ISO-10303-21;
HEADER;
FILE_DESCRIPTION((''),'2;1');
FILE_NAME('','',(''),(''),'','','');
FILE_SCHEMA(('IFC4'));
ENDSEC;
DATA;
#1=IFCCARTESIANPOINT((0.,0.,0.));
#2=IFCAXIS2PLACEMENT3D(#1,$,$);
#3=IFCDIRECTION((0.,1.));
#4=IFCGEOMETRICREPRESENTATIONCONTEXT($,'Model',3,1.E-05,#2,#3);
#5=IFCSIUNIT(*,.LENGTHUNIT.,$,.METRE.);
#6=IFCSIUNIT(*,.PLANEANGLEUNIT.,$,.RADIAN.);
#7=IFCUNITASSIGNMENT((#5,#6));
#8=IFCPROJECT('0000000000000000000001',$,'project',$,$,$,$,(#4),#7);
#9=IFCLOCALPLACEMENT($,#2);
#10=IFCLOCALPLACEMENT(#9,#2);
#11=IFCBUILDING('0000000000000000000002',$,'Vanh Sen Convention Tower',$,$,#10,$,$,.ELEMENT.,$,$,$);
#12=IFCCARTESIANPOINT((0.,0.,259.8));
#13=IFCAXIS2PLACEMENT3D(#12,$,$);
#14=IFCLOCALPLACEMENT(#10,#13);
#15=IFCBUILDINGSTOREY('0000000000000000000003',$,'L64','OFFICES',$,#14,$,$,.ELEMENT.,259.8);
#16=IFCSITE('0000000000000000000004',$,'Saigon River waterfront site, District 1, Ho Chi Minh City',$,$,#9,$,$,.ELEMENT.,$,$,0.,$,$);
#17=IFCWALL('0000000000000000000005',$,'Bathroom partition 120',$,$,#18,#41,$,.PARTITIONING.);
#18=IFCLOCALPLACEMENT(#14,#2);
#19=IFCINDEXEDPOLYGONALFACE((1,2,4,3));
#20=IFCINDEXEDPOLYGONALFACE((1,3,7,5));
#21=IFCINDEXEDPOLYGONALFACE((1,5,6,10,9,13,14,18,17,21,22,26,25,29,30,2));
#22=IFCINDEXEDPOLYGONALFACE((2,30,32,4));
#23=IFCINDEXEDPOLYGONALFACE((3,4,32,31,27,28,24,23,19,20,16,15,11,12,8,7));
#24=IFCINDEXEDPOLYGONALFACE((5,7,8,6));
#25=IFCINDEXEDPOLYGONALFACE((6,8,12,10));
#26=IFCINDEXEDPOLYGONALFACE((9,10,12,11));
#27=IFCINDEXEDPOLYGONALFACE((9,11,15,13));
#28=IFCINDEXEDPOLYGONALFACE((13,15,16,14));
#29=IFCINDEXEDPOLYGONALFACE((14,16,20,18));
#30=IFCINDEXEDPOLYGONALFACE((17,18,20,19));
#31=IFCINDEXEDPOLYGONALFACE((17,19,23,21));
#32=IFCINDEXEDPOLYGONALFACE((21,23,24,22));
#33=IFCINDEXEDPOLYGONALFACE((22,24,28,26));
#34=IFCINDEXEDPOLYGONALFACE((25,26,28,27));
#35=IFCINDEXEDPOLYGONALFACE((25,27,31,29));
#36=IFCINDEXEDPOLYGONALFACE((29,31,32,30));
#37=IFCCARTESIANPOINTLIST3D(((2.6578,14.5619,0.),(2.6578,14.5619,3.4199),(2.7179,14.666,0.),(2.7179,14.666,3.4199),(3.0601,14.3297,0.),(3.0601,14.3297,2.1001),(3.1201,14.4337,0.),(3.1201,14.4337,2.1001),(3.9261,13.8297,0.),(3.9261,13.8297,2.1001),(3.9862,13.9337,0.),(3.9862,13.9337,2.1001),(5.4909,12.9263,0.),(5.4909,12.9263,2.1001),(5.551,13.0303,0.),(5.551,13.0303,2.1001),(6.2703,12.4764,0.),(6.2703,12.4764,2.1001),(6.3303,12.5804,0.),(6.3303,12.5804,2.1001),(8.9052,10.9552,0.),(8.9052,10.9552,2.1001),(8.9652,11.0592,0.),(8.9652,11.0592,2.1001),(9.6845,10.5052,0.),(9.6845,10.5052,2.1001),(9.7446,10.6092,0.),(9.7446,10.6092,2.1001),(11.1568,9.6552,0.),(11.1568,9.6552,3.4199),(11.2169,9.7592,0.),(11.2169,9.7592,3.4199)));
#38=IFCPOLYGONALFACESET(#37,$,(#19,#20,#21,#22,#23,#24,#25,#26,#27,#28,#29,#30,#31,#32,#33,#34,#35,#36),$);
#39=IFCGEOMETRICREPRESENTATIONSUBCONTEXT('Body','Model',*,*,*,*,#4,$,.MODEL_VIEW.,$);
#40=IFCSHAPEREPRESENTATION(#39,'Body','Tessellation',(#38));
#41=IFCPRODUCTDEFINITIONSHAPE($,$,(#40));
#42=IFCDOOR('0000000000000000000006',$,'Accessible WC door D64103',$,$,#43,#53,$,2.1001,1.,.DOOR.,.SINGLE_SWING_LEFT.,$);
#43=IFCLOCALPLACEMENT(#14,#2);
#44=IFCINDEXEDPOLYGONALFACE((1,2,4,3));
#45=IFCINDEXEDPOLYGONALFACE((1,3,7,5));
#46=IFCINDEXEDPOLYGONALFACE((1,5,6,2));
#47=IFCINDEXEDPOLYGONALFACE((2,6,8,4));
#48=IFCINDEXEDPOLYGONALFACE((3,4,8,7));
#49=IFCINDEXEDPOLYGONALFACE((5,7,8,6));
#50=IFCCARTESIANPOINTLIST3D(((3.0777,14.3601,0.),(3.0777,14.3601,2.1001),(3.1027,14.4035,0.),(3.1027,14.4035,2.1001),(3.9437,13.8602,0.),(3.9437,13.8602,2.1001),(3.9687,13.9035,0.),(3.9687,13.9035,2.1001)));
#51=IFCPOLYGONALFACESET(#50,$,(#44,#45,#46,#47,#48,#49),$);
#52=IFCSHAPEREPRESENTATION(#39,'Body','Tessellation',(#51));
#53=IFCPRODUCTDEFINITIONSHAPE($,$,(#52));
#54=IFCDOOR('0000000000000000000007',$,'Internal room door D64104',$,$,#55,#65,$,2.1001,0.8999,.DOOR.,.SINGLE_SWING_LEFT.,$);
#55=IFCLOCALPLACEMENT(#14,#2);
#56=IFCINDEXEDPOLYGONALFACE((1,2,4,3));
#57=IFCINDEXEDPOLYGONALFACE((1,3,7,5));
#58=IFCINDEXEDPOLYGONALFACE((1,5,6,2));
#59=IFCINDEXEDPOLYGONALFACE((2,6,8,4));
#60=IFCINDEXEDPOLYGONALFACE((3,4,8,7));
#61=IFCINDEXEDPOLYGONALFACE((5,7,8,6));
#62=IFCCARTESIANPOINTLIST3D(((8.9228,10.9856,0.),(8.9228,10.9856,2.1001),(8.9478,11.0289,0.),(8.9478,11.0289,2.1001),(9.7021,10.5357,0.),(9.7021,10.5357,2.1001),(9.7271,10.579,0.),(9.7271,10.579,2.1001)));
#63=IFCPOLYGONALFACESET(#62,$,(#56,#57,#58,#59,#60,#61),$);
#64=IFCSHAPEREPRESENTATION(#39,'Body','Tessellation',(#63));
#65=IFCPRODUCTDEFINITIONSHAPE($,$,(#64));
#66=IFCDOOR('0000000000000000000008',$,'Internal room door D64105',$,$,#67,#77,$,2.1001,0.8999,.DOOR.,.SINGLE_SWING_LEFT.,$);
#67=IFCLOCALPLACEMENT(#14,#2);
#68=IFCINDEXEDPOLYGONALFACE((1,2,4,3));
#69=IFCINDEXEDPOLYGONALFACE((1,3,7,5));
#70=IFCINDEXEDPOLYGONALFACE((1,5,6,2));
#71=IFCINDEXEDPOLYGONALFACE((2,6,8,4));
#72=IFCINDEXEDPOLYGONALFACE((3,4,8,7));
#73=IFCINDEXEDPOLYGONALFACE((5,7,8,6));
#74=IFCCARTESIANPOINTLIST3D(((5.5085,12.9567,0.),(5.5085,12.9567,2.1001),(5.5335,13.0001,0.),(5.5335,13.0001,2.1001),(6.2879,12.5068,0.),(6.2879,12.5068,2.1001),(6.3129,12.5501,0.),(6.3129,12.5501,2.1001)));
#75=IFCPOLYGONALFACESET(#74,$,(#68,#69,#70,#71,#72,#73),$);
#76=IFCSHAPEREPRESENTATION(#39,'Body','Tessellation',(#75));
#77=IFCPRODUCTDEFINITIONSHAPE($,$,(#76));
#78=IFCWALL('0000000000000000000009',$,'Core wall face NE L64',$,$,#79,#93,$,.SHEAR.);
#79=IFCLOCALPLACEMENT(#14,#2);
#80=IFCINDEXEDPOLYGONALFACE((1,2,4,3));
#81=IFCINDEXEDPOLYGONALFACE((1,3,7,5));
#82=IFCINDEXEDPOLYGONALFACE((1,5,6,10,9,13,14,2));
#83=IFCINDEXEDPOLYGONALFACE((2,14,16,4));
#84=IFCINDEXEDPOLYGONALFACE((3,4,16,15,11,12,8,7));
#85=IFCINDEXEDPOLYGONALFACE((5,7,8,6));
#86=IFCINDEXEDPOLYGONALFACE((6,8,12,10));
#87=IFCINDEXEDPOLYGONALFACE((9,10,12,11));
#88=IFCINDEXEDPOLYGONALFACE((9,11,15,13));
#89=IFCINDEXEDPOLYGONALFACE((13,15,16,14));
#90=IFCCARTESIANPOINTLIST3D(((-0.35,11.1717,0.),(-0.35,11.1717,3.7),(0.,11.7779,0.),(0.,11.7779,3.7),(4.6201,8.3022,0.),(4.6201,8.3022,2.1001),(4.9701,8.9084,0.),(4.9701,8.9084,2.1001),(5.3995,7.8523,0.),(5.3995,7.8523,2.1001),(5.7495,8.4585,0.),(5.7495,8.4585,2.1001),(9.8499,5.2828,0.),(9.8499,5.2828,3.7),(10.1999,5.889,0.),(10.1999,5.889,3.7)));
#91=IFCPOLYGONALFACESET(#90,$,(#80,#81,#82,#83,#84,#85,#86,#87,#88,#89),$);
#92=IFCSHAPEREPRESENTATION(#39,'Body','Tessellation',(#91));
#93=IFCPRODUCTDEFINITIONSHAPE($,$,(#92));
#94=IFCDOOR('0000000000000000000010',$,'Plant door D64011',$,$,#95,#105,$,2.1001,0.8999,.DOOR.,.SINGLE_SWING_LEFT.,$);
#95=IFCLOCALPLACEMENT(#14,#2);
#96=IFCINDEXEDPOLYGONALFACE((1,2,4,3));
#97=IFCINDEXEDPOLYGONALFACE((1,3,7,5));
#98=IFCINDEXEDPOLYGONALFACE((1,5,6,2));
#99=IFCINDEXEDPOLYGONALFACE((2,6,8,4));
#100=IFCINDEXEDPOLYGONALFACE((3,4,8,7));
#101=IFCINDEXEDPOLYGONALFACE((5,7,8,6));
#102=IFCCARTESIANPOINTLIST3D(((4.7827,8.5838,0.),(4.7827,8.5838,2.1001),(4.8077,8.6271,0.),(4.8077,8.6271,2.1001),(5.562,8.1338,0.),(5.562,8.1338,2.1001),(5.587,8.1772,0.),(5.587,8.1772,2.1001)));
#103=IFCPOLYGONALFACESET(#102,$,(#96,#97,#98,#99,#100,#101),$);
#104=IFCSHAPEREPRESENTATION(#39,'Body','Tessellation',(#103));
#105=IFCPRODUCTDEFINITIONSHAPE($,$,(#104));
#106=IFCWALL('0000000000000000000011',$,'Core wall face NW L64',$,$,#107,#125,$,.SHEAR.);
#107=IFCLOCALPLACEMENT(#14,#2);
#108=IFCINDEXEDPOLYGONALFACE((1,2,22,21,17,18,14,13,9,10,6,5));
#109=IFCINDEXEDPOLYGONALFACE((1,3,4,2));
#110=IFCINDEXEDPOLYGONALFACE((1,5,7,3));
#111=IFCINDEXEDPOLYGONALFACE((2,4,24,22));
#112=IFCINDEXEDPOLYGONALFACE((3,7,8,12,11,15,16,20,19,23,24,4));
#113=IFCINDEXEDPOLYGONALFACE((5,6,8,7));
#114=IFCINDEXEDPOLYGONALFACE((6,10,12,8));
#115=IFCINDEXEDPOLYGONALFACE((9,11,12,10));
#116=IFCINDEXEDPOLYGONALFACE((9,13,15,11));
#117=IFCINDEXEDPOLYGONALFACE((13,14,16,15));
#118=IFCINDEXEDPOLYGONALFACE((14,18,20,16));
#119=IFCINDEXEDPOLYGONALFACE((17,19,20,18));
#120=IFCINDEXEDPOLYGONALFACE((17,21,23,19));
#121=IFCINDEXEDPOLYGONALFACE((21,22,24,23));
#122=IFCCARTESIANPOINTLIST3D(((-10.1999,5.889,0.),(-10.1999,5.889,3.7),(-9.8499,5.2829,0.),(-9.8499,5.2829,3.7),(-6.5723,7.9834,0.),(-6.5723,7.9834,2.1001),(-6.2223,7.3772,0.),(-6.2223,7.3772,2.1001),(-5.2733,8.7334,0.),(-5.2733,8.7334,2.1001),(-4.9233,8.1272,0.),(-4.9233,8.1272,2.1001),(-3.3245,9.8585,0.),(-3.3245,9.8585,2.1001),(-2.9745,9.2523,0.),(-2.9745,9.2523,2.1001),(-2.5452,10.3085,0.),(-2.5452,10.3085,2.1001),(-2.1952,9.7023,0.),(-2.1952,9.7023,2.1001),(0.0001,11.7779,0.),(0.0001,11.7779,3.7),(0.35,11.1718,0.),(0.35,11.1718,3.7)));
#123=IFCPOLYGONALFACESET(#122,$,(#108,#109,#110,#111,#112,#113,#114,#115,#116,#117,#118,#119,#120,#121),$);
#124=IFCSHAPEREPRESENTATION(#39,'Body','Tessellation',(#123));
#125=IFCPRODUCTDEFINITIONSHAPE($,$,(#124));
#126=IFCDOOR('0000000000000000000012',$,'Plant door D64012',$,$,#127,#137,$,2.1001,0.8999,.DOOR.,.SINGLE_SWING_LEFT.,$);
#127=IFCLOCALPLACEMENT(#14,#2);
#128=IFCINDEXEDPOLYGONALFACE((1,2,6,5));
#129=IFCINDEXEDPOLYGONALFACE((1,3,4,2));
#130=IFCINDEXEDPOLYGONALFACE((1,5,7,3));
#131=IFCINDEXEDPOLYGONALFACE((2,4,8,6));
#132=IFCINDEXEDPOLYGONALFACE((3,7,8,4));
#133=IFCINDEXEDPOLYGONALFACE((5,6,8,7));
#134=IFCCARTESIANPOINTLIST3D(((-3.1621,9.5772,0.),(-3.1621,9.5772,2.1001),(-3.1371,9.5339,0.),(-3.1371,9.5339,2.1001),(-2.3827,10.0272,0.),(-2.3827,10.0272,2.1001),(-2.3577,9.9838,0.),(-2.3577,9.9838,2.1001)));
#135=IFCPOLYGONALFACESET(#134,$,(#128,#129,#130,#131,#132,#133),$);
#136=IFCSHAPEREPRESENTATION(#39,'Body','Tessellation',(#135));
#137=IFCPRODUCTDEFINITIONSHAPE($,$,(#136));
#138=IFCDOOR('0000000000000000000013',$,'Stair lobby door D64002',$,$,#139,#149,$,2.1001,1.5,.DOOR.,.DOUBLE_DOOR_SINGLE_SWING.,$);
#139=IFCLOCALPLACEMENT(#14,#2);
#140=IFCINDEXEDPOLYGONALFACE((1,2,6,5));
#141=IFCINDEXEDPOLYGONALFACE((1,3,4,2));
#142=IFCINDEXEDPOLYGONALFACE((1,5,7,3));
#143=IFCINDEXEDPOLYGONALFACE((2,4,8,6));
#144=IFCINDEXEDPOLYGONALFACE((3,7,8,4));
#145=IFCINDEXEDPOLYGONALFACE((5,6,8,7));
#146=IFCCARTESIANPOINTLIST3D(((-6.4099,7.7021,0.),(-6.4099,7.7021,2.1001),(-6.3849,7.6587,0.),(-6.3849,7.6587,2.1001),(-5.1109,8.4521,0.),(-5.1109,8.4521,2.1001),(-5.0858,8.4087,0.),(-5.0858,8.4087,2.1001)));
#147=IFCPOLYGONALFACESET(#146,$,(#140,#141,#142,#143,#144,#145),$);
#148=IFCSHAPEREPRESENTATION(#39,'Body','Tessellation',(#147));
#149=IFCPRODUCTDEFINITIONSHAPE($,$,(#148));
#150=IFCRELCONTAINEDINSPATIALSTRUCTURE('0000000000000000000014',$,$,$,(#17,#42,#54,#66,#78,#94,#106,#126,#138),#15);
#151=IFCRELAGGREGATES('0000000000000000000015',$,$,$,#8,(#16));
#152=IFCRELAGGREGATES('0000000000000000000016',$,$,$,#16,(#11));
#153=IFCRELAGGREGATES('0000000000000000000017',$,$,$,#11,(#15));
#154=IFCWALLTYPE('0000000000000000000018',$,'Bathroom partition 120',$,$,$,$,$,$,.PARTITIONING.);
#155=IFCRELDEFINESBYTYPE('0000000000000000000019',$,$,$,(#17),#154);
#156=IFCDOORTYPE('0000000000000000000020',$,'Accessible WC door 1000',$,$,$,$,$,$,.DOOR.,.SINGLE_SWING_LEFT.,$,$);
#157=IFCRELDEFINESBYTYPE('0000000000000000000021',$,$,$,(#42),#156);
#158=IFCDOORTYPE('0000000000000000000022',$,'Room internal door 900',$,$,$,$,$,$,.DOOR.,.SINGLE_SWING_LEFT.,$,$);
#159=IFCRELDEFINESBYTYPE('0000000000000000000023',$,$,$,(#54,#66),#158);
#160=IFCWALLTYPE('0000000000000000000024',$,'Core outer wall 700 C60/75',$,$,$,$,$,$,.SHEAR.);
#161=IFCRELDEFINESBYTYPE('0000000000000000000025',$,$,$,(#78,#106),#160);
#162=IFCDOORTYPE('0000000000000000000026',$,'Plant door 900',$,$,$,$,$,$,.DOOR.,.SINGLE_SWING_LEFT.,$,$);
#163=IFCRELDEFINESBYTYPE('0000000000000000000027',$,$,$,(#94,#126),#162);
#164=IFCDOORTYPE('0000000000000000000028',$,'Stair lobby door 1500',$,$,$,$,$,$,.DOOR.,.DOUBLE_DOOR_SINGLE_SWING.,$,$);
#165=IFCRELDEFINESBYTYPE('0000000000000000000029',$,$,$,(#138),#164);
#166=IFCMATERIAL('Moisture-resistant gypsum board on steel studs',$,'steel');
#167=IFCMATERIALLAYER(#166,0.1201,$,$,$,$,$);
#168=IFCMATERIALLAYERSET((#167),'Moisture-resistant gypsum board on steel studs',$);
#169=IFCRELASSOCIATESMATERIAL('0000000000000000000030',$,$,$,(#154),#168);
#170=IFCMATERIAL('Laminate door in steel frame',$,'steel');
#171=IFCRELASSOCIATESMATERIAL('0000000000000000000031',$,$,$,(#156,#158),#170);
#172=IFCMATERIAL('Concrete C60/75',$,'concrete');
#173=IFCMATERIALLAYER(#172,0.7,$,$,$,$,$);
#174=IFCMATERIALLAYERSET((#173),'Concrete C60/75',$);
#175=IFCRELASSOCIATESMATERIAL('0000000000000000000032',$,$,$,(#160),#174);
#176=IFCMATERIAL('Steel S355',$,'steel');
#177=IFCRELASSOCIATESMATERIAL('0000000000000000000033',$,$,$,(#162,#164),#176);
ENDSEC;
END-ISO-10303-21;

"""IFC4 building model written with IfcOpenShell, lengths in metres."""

from ifc_helpers import new_model, si_unit, direction, frame, frame_2d, origin, place, context, subcontext, project, spatial, rectangle, extrude, material, layer, layer_set, type_object, element, fill, save


model = new_model("IFC4")

# Units and contexts
model_context = context("Model", 3, precision=1e-05, world=origin(), true_north=direction((0.0, 1.0)))
body_context = subcontext(model_context, "Body", "Model", "MODEL_VIEW")
ifc_project = project(units=[si_unit("LENGTHUNIT", "METRE"), si_unit("PLANEANGLEUNIT", "RADIAN")], contexts=[model_context])

# Site, building, storey
site_placement = place(None, origin())
site = spatial("IfcSite", under=ifc_project, at=site_placement, Name="Saigon River waterfront site, District 1, Ho Chi Minh City", CompositionType="ELEMENT", RefElevation=0.0)
building_placement = place(site_placement, origin())
building = spatial("IfcBuilding", under=site, at=building_placement, Name="Vanh Sen Convention Tower", CompositionType="ELEMENT")
storey_placement = place(building_placement, frame((0.0, 0.0, 259.8)))
storey = spatial("IfcBuildingStorey", under=building, at=storey_placement, Name="L64", Description="OFFICES", CompositionType="ELEMENT", Elevation=259.8)

# Wall, openings, doors
ifc_material_1 = material(Name="Moisture-resistant gypsum board on steel studs", Category="steel")
ifc_layer_1 = layer(ifc_material_1, 0.1201)
ifc_layer_set_1 = layer_set([ifc_layer_1], Name="Moisture-resistant gypsum board on steel studs")
wall_type_1 = type_object("IfcWallType", Name="Bathroom partition 120", PredefinedType="PARTITIONING", material=ifc_layer_set_1)
wall_1_placement = place(storey_placement, frame((11.1868, 9.7073, 0.0), z_axis=(0.0, 0.0, 1.0), x_axis=(-0.866033, 0.499987, 0.0)))
wall_1 = element("IfcWall", 1, at=wall_1_placement, inside=storey, type_object=wall_type_1, Name="Bathroom partition 120", PredefinedType="PARTITIONING", context=body_context, shape_type="SweptSolid", body=[
    extrude(rectangle(XDim=9.8137, YDim=0.1201, at=frame_2d((4.9067, 0.0))), origin(), (0.0, 0.0, 1.0), 3.4199),
])
opening_1_placement = place(wall_1_placement, frame((8.3491, 0.0, 0.0)))
opening_1 = element("IfcOpeningElement", 2, at=opening_1_placement, cuts=wall_1, PredefinedType="OPENING", context=body_context, shape_type="SweptSolid", body=[
    extrude(rectangle(XDim=1.0, YDim=2.1001, at=frame_2d((0.5, 1.05))), frame((0.0, 0.0701, 0.0), z_axis=(0.0, -1.0, 0.0), x_axis=(1.0, 0.0, 0.0)), (0.0, 0.0, 1.0), 0.1401),
])
opening_2_placement = place(wall_1_placement, frame((1.7, 0.0, 0.0)))
opening_2 = element("IfcOpeningElement", 3, at=opening_2_placement, cuts=wall_1, PredefinedType="OPENING", context=body_context, shape_type="SweptSolid", body=[
    extrude(rectangle(XDim=0.8999, YDim=2.1001, at=frame_2d((0.45, 1.05))), frame((0.0, 0.0701, 0.0), z_axis=(0.0, -1.0, 0.0), x_axis=(1.0, 0.0, 0.0)), (0.0, 0.0, 1.0), 0.1401),
])
opening_3_placement = place(wall_1_placement, frame((5.6423, 0.0, 0.0)))
opening_3 = element("IfcOpeningElement", 4, at=opening_3_placement, cuts=wall_1, PredefinedType="OPENING", context=body_context, shape_type="SweptSolid", body=[
    extrude(rectangle(XDim=0.8999, YDim=2.1001, at=frame_2d((0.45, 1.05))), frame((0.0, 0.0701, 0.0), z_axis=(0.0, -1.0, 0.0), x_axis=(1.0, 0.0, 0.0)), (0.0, 0.0, 1.0), 0.1401),
])
ifc_material_2 = material(Name="Laminate door in steel frame", Category="steel")
door_type_1 = type_object("IfcDoorType", Name="Accessible WC door 1000", OperationType="SINGLE_SWING_LEFT", PredefinedType="DOOR", material=ifc_material_2)
door_1_placement = place(opening_1_placement, origin())
door_1 = element("IfcDoor", 5, at=door_1_placement, inside=storey, type_object=door_type_1, Name="Accessible WC door D64103", OperationType="SINGLE_SWING_LEFT", OverallHeight=2.1001, OverallWidth=1.0, PredefinedType="DOOR", context=body_context, shape_type="SweptSolid", body=[
    extrude(rectangle(XDim=1.0, YDim=2.1001, at=frame_2d((0.5, 1.05))), frame((0.0, 0.0249, 0.0), z_axis=(0.0, -1.0, 0.0), x_axis=(1.0, 0.0, 0.0)), (0.0, 0.0, 1.0), 0.05),
])
fill(opening_1, door_1)
door_type_2 = type_object("IfcDoorType", Name="Room internal door 900", OperationType="SINGLE_SWING_LEFT", PredefinedType="DOOR", material=ifc_material_2)
door_2_placement = place(opening_2_placement, origin())
door_2 = element("IfcDoor", 6, at=door_2_placement, inside=storey, type_object=door_type_2, Name="Internal room door D64104", OperationType="SINGLE_SWING_LEFT", OverallHeight=2.1001, OverallWidth=0.8999, PredefinedType="DOOR", context=body_context, shape_type="SweptSolid", body=[
    extrude(rectangle(XDim=0.8999, YDim=2.1001, at=frame_2d((0.45, 1.05))), frame((0.0, 0.0249, 0.0), z_axis=(0.0, -1.0, 0.0), x_axis=(1.0, 0.0, 0.0)), (0.0, 0.0, 1.0), 0.05),
])
fill(opening_2, door_2)
door_3_placement = place(opening_3_placement, origin())
door_3 = element("IfcDoor", 7, at=door_3_placement, inside=storey, type_object=door_type_2, Name="Internal room door D64105", OperationType="SINGLE_SWING_LEFT", OverallHeight=2.1001, OverallWidth=0.8999, PredefinedType="DOOR", context=body_context, shape_type="SweptSolid", body=[
    extrude(rectangle(XDim=0.8999, YDim=2.1001, at=frame_2d((0.45, 1.05))), frame((0.0, 0.0249, 0.0), z_axis=(0.0, -1.0, 0.0), x_axis=(1.0, 0.0, 0.0)), (0.0, 0.0, 1.0), 0.05),
])
fill(opening_3, door_3)

# Wall, opening, door
ifc_material_3 = material(Name="Concrete C60/75", Category="concrete")
ifc_layer_2 = layer(ifc_material_3, 0.7)
ifc_layer_set_2 = layer_set([ifc_layer_2], Name="Concrete C60/75")
wall_type_2 = type_object("IfcWallType", Name="Core outer wall 700 C60/75", PredefinedType="SHEAR", material=ifc_layer_set_2)
wall_2_placement = place(storey_placement, frame((10.0249, 5.5859, 0.0), z_axis=(0.0, 0.0, 1.0), x_axis=(-0.866026, 0.499998, 0.0)))
wall_2 = element("IfcWall", 8, at=wall_2_placement, inside=storey, type_object=wall_type_2, Name="Core wall face NE L64", PredefinedType="SHEAR", context=body_context, shape_type="SweptSolid", body=[
    extrude(rectangle(XDim=11.7778, YDim=0.7, at=frame_2d((5.8889, 0.0))), origin(), (0.0, 0.0, 1.0), 3.7),
])
opening_4_placement = place(wall_2_placement, frame((5.1389, 0.0, 0.0)))
opening_4 = element("IfcOpeningElement", 9, at=opening_4_placement, cuts=wall_2, PredefinedType="OPENING", context=body_context, shape_type="SweptSolid", body=[
    extrude(rectangle(XDim=0.8999, YDim=2.1001, at=frame_2d((0.45, 1.05))), frame((0.0, 0.3599, 0.0), z_axis=(0.0, -1.0, 0.0), x_axis=(1.0, 0.0, 0.0)), (0.0, 0.0, 1.0), 0.72),
])
ifc_material_4 = material(Name="Steel S355", Category="steel")
door_type_3 = type_object("IfcDoorType", Name="Plant door 900", OperationType="SINGLE_SWING_LEFT", PredefinedType="DOOR", material=ifc_material_4)
door_4_placement = place(opening_4_placement, origin())
door_4 = element("IfcDoor", 10, at=door_4_placement, inside=storey, type_object=door_type_3, Name="Plant door D64011", OperationType="SINGLE_SWING_LEFT", OverallHeight=2.1001, OverallWidth=0.8999, PredefinedType="DOOR", context=body_context, shape_type="SweptSolid", body=[
    extrude(rectangle(XDim=0.8999, YDim=2.1001, at=frame_2d((0.45, 1.05))), frame((0.0, 0.0249, 0.0), z_axis=(0.0, -1.0, 0.0), x_axis=(1.0, 0.0, 0.0)), (0.0, 0.0, 1.0), 0.05),
])
fill(opening_4, door_4)

# Wall, openings, doors
wall_3_placement = place(storey_placement, frame((0.175, 11.4749, 0.0), z_axis=(0.0, 0.0, 1.0), x_axis=(-0.866026, -0.499998, 0.0)))
wall_3 = element("IfcWall", 11, at=wall_3_placement, inside=storey, type_object=wall_type_2, Name="Core wall face NW L64", PredefinedType="SHEAR", context=body_context, shape_type="SweptSolid", body=[
    extrude(rectangle(XDim=11.7778, YDim=0.7, at=frame_2d((5.8889, 0.0))), origin(), (0.0, 0.0, 1.0), 3.7),
])
opening_5_placement = place(wall_3_placement, frame((6.0891, 0.0, 0.0)))
opening_5 = element("IfcOpeningElement", 12, at=opening_5_placement, cuts=wall_3, PredefinedType="OPENING", context=body_context, shape_type="SweptSolid", body=[
    extrude(rectangle(XDim=1.5, YDim=2.1001, at=frame_2d((0.75, 1.05))), frame((0.0, 0.3599, 0.0), z_axis=(0.0, -1.0, 0.0), x_axis=(1.0, 0.0, 0.0)), (0.0, 0.0, 1.0), 0.72),
])
opening_6_placement = place(wall_3_placement, frame((2.939, 0.0, 0.0)))
opening_6 = element("IfcOpeningElement", 13, at=opening_6_placement, cuts=wall_3, PredefinedType="OPENING", context=body_context, shape_type="SweptSolid", body=[
    extrude(rectangle(XDim=0.8999, YDim=2.1001, at=frame_2d((0.45, 1.05))), frame((0.0, 0.3599, 0.0), z_axis=(0.0, -1.0, 0.0), x_axis=(1.0, 0.0, 0.0)), (0.0, 0.0, 1.0), 0.72),
])
door_5_placement = place(opening_6_placement, origin())
door_5 = element("IfcDoor", 14, at=door_5_placement, inside=storey, type_object=door_type_3, Name="Plant door D64012", OperationType="SINGLE_SWING_LEFT", OverallHeight=2.1001, OverallWidth=0.8999, PredefinedType="DOOR", context=body_context, shape_type="SweptSolid", body=[
    extrude(rectangle(XDim=0.8999, YDim=2.1001, at=frame_2d((0.45, 1.05))), frame((0.0, 0.0249, 0.0), z_axis=(0.0, -1.0, 0.0), x_axis=(1.0, 0.0, 0.0)), (0.0, 0.0, 1.0), 0.05),
])
fill(opening_6, door_5)
door_type_4 = type_object("IfcDoorType", Name="Stair lobby door 1500", OperationType="DOUBLE_DOOR_SINGLE_SWING", PredefinedType="DOOR", material=ifc_material_4)
door_6_placement = place(opening_5_placement, origin())
door_6 = element("IfcDoor", 15, at=door_6_placement, inside=storey, type_object=door_type_4, Name="Stair lobby door D64002", OperationType="DOUBLE_DOOR_SINGLE_SWING", OverallHeight=2.1001, OverallWidth=1.5, PredefinedType="DOOR", context=body_context, shape_type="SweptSolid", body=[
    extrude(rectangle(XDim=1.5, YDim=2.1001, at=frame_2d((0.75, 1.05))), frame((0.0, 0.0249, 0.0), z_axis=(0.0, -1.0, 0.0), x_axis=(1.0, 0.0, 0.0)), (0.0, 0.0, 1.0), 0.05),
])
fill(opening_5, door_6)

save(model, "model.ifc")
